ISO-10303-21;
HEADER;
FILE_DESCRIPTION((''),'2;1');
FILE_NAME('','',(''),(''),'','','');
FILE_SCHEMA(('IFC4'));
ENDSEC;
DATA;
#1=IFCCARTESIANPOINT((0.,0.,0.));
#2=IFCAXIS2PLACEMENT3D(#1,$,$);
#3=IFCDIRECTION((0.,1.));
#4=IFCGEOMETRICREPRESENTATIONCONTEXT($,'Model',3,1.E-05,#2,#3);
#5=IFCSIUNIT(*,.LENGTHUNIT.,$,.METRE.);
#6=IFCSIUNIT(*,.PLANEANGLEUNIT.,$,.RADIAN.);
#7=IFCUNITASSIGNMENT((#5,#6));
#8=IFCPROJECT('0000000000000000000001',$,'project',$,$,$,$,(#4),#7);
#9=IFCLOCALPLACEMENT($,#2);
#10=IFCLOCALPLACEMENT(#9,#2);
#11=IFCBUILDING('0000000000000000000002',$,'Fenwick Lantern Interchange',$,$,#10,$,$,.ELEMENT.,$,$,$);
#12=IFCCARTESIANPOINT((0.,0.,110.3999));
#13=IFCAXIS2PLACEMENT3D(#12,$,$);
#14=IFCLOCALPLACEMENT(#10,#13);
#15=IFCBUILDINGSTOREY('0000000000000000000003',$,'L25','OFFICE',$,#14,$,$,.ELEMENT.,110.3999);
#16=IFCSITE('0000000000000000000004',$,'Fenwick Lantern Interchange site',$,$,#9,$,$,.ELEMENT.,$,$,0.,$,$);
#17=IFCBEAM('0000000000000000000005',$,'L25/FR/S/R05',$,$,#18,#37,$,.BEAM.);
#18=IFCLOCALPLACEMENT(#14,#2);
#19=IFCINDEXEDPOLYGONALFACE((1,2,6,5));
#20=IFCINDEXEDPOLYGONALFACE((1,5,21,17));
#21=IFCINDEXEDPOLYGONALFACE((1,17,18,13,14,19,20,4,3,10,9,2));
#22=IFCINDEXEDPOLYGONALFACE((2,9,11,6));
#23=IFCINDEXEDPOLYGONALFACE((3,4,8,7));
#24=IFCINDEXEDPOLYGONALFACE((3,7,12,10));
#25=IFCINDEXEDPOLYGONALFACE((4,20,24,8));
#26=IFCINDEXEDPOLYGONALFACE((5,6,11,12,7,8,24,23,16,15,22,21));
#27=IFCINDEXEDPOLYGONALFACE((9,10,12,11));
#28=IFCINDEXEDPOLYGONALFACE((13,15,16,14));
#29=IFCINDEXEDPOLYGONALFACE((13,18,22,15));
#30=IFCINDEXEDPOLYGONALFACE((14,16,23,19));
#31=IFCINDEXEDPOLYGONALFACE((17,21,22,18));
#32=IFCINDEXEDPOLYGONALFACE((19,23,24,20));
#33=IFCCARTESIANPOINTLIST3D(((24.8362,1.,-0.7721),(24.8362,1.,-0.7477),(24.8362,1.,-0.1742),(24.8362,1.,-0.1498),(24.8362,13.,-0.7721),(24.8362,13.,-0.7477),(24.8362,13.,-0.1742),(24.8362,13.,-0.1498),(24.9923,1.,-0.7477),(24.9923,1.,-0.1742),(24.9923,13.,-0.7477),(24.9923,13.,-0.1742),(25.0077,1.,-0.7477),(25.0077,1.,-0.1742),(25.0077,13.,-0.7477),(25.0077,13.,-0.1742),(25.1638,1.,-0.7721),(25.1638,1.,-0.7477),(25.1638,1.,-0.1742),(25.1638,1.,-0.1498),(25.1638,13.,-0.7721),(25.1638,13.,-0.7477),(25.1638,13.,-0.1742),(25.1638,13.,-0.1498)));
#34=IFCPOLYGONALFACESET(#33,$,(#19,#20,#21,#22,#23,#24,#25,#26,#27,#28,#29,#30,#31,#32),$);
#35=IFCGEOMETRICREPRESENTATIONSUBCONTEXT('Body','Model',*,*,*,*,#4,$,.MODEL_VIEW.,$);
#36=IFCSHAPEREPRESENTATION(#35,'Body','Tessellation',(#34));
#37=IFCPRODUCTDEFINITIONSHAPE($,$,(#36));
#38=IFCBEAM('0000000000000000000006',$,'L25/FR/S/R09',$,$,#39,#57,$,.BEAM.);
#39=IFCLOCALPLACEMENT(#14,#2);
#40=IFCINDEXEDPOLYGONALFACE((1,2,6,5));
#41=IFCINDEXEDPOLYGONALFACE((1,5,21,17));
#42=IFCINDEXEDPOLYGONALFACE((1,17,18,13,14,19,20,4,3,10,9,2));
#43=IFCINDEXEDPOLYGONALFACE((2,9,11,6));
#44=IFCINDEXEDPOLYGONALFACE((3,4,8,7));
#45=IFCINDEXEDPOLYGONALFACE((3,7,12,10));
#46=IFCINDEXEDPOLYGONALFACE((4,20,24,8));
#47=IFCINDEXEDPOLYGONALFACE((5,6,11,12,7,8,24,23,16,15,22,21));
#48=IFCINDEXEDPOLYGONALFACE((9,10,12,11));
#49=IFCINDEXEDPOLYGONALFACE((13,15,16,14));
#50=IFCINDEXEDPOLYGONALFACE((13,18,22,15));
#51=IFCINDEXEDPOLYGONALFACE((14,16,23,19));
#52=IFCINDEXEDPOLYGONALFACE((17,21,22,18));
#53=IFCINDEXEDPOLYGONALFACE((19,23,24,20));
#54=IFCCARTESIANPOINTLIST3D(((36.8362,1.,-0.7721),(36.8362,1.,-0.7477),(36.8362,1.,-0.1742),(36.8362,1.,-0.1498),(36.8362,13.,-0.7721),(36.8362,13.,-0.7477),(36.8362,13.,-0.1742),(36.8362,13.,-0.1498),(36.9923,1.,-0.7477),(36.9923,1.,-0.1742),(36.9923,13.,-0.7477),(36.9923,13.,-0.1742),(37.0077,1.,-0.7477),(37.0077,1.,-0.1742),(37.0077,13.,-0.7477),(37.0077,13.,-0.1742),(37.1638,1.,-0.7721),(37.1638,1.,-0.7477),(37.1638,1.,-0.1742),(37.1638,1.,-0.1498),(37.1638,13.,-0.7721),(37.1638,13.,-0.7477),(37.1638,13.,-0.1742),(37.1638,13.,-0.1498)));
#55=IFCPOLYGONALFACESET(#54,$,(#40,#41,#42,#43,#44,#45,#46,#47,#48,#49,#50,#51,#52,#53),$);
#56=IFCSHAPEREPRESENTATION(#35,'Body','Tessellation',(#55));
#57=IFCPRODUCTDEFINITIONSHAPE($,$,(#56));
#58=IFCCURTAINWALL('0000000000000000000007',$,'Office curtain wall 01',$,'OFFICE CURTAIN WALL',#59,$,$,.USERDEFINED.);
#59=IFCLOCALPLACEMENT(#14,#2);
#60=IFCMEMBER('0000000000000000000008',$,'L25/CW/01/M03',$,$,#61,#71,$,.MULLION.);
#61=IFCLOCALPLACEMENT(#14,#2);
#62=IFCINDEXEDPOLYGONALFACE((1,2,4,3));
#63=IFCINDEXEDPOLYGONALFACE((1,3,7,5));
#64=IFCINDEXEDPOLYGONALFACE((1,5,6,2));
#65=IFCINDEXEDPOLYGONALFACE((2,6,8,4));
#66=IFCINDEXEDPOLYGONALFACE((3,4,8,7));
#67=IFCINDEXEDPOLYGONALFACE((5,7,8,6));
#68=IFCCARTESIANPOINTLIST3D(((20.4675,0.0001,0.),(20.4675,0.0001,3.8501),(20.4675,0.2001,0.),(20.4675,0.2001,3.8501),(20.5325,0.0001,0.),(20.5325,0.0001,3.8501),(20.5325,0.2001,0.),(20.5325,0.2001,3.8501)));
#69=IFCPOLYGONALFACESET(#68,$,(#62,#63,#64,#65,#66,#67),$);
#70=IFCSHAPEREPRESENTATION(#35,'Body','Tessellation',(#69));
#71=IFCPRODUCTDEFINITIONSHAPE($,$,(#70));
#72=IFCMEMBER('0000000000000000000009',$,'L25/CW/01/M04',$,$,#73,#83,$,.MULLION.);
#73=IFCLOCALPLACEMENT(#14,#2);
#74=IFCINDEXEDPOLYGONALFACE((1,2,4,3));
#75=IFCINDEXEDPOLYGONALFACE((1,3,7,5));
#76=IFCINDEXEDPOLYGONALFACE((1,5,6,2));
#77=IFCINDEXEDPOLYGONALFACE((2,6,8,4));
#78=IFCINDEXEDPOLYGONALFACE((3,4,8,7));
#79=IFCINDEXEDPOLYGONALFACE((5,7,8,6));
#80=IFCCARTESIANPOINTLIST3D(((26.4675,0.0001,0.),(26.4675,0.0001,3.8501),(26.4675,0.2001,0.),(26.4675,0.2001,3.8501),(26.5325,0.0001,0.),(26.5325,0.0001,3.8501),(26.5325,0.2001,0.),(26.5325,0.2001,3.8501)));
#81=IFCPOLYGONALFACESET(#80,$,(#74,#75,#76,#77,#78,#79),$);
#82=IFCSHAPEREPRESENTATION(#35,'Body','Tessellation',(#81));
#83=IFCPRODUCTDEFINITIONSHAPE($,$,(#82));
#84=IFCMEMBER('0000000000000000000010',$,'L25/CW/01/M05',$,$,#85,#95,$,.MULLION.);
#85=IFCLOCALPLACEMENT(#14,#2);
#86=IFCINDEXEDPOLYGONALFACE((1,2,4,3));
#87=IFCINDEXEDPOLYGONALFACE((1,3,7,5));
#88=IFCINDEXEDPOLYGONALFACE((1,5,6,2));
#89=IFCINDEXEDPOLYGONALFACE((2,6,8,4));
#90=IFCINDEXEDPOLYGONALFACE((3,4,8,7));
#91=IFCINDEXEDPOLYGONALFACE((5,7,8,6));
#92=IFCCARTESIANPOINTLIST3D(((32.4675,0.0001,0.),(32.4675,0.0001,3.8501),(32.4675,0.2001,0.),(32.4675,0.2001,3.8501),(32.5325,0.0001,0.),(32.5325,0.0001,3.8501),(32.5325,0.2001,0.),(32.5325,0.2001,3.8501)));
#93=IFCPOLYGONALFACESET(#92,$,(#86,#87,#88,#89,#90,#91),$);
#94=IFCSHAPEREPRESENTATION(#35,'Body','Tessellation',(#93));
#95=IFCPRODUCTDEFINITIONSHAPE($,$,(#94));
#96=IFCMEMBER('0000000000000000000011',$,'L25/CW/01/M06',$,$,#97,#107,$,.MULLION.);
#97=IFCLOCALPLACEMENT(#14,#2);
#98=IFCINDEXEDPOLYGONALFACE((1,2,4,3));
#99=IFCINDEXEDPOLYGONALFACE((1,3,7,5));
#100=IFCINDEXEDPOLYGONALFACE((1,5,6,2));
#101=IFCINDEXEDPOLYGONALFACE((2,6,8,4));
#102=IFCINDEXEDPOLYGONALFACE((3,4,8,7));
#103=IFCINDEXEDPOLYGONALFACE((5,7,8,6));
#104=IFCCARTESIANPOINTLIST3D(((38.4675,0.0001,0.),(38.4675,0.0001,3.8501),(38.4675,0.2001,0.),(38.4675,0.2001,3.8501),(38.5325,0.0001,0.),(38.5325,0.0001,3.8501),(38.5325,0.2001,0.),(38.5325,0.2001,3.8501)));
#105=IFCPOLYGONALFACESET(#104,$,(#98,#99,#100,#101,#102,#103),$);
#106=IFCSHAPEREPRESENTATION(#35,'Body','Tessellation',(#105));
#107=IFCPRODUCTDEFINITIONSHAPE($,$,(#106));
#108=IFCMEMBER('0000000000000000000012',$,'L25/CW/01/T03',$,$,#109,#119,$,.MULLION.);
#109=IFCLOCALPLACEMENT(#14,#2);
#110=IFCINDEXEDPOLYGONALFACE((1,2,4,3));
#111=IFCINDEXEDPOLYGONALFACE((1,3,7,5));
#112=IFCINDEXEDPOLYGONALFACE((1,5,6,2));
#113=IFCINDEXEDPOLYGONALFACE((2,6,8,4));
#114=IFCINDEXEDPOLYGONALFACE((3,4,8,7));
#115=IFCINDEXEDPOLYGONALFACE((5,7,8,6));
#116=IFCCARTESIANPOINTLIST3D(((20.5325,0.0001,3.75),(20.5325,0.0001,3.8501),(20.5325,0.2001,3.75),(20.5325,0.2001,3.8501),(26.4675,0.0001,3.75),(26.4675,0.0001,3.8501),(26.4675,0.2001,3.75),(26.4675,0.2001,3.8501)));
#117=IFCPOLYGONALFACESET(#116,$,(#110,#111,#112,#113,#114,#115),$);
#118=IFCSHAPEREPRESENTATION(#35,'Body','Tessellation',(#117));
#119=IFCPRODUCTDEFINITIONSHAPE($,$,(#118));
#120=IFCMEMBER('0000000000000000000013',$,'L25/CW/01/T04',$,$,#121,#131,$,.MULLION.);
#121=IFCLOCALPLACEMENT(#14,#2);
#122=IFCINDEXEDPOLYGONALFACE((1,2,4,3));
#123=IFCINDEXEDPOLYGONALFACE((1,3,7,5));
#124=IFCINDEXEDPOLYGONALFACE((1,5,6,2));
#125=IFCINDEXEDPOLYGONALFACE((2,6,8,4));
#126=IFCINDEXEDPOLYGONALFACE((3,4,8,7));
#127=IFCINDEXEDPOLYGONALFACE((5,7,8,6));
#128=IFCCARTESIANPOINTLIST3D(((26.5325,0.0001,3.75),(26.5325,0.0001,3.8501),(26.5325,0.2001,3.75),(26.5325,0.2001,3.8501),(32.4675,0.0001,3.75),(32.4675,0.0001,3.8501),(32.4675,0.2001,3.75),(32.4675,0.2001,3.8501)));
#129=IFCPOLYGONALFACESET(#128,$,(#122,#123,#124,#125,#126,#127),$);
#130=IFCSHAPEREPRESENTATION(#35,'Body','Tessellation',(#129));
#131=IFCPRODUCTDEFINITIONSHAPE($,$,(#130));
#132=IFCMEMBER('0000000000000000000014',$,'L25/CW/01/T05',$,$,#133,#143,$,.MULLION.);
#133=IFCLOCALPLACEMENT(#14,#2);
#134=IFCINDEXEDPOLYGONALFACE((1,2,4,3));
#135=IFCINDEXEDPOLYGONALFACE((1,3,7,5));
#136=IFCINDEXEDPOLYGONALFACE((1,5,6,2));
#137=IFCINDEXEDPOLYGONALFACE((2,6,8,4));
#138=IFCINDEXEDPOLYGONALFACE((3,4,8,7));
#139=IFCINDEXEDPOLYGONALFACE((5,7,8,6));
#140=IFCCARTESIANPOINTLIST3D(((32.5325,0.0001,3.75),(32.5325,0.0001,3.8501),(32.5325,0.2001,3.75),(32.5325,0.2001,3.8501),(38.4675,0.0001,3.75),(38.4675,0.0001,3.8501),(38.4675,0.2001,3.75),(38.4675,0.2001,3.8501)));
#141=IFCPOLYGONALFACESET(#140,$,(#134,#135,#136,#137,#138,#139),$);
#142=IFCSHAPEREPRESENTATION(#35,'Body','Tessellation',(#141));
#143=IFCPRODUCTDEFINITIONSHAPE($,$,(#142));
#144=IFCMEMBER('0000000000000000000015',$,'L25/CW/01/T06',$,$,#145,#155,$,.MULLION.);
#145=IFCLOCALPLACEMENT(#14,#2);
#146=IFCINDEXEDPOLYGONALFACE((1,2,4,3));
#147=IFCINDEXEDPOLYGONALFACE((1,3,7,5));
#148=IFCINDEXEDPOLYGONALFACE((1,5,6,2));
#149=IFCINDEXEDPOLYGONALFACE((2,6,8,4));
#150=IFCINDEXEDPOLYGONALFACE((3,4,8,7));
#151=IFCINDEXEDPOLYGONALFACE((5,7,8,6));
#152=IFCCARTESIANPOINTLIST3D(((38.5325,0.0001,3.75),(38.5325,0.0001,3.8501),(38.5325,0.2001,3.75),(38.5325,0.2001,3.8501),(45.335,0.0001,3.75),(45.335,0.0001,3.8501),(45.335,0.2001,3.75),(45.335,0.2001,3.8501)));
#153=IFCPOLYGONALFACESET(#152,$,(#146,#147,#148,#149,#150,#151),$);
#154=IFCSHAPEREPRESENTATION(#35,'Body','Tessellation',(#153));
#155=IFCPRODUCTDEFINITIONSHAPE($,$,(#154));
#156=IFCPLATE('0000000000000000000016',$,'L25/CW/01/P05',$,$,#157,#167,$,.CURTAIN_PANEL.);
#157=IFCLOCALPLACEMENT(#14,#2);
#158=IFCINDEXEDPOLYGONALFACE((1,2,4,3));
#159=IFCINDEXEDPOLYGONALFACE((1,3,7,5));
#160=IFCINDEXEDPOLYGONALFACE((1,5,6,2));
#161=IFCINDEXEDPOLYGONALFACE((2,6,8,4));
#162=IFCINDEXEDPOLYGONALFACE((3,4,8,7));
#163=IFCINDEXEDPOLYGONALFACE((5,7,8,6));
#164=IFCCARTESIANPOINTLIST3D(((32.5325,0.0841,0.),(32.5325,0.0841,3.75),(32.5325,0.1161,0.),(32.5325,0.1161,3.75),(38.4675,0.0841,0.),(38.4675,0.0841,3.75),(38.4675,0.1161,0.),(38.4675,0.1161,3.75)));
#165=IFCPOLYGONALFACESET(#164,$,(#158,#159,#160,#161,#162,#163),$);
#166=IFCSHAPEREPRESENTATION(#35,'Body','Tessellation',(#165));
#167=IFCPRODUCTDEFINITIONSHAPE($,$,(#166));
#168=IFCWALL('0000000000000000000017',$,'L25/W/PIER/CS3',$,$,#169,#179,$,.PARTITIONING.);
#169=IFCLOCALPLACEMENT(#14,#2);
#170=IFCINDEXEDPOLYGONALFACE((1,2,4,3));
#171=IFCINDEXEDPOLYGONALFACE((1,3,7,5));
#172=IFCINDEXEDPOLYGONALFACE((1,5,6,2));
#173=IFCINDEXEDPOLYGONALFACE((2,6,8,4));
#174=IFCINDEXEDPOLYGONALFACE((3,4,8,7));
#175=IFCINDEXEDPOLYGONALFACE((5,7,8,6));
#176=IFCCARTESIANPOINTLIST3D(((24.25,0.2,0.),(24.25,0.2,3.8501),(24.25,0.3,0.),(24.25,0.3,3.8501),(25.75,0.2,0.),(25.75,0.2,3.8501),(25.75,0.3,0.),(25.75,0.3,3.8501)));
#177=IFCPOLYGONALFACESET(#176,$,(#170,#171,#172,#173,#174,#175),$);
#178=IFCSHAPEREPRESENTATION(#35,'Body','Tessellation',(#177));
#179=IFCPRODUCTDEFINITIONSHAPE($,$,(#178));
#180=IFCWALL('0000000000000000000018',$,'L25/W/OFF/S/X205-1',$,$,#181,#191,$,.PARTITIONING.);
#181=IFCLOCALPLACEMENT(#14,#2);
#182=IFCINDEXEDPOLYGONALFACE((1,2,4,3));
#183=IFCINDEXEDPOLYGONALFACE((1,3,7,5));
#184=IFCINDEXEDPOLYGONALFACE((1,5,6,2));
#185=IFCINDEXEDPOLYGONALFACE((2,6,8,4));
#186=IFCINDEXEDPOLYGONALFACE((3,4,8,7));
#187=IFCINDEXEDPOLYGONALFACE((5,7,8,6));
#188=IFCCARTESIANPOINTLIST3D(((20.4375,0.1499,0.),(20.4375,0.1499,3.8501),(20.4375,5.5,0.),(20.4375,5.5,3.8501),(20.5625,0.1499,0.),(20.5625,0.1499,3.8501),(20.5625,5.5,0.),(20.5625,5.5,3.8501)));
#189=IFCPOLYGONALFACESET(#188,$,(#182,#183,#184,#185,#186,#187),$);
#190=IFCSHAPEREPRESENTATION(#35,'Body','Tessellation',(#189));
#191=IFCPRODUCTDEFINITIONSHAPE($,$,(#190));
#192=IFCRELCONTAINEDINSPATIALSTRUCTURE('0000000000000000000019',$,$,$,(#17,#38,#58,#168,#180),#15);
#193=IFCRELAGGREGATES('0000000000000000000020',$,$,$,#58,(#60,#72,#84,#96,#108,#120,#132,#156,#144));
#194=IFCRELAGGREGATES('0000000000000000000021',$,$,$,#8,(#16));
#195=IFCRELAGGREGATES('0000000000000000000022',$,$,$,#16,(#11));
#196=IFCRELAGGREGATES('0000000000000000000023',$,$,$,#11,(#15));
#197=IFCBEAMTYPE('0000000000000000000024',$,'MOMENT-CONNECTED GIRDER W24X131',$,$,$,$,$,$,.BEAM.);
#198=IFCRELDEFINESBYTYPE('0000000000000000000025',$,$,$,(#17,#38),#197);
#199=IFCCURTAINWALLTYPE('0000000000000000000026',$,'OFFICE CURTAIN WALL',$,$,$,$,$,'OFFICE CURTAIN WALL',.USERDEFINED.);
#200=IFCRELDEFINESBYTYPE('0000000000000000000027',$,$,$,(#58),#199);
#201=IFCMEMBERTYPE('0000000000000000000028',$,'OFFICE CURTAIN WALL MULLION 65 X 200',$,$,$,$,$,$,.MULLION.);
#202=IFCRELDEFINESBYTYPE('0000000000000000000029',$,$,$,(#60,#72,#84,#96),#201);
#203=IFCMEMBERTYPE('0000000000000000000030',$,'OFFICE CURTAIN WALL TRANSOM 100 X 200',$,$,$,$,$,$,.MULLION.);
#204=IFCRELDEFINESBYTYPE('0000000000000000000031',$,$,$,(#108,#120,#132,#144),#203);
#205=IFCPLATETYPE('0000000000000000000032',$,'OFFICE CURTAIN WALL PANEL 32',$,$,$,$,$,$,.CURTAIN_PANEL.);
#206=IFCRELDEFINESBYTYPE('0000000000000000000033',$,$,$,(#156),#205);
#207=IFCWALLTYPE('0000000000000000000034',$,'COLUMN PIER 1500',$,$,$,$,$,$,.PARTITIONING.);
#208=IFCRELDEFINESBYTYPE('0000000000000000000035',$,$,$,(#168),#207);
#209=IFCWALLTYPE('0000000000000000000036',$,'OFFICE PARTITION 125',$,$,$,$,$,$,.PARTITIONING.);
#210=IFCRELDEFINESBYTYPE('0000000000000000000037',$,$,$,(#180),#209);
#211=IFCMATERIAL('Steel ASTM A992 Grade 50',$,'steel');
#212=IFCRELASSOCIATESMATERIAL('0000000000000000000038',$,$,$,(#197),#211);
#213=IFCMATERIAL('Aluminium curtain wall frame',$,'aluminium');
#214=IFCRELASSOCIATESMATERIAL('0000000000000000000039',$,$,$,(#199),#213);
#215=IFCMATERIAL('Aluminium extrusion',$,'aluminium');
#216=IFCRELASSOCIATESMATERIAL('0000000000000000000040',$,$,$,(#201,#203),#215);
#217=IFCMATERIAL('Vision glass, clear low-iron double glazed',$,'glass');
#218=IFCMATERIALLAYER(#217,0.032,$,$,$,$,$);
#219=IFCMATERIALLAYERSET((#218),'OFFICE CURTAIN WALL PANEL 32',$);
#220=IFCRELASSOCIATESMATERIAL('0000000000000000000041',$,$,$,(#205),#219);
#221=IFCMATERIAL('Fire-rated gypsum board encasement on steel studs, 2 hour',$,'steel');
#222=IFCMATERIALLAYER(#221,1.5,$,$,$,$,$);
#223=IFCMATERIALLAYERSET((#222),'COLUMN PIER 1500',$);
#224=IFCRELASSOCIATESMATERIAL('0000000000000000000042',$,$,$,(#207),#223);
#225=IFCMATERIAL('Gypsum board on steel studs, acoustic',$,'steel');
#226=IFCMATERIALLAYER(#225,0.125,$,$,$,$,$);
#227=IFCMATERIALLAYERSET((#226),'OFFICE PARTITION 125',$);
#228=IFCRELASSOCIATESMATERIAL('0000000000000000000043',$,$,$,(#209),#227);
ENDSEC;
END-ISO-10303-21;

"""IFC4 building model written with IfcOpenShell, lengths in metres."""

from ifc_helpers import new_model, si_unit, direction, frame, frame_2d, origin, origin_2d, place, context, subcontext, project, spatial, rectangle, i_section, extrude, material, layer, layer_set, material_profile, profile_set, type_object, element, aggregate, save


model = new_model("IFC4")

# Units and contexts
model_context = context("Model", 3, precision=1e-05, world=origin(), true_north=direction((0.0, 1.0)))
body_context = subcontext(model_context, "Body", "Model", "MODEL_VIEW")
ifc_project = project(units=[si_unit("LENGTHUNIT", "METRE"), si_unit("PLANEANGLEUNIT", "RADIAN")], contexts=[model_context])

# Site, building, storey
site_placement = place(None, origin())
site = spatial("IfcSite", under=ifc_project, at=site_placement, Name="Fenwick Lantern Interchange site", CompositionType="ELEMENT", RefElevation=0.0)
building_placement = place(site_placement, origin())
building = spatial("IfcBuilding", under=site, at=building_placement, Name="Fenwick Lantern Interchange", CompositionType="ELEMENT")
storey_placement = place(building_placement, frame((0.0, 0.0, 110.3999)))
storey = spatial("IfcBuildingStorey", under=building, at=storey_placement, Name="L25", Description="OFFICE", CompositionType="ELEMENT", Elevation=110.3999)

# Beams
ifc_material_1 = material(Name="Steel ASTM A992 Grade 50", Category="steel")
ifc_material_profile_1 = material_profile(ifc_material_1, i_section(OverallWidth=0.3276, OverallDepth=0.6223, WebThickness=0.0154, FlangeThickness=0.0244, at=origin_2d()), Name="W24X131")
ifc_profile_set_1 = profile_set([ifc_material_profile_1], Name="Steel ASTM A992 Grade 50")
beam_type_1 = type_object("IfcBeamType", Name="MOMENT-CONNECTED GIRDER W24X131", PredefinedType="BEAM", material=ifc_profile_set_1)
for number, where, z_axis, x_axis, name in (
    (1, (25.0, 1.0, -0.4609), (0.0, 1.0, 0.0), (-1.0, 0.0, 0.0), "L25/FR/S/R05"),
    (2, (37.0, 1.0, -0.4609), (0.0, 1.0, 0.0), (-1.0, 0.0, 0.0), "L25/FR/S/R09"),
):
    element("IfcBeam", number, at=place(storey_placement, frame(where, z_axis=z_axis, x_axis=x_axis)), inside=storey, type_object=beam_type_1, Name=name, PredefinedType="BEAM", context=body_context, shape_type="SweptSolid", body=[
        extrude(i_section(OverallWidth=0.3276, OverallDepth=0.6223, WebThickness=0.0154, FlangeThickness=0.0244, at=origin_2d()), origin(), (0.0, 0.0, 1.0), 12.0),
    ])

# Curtain wall, members, plate
ifc_material_2 = material(Name="Aluminium curtain wall frame", Category="aluminium")
curtain_wall_type = type_object("IfcCurtainWallType", Name="OFFICE CURTAIN WALL", ElementType="OFFICE CURTAIN WALL", PredefinedType="USERDEFINED", material=ifc_material_2)
curtain_wall_placement = place(storey_placement, origin())
curtain_wall = element("IfcCurtainWall", 3, at=curtain_wall_placement, inside=storey, type_object=curtain_wall_type, Name="Office curtain wall 01", ObjectType="OFFICE CURTAIN WALL", PredefinedType="USERDEFINED")
ifc_material_3 = material(Name="Aluminium extrusion", Category="aluminium")
ifc_material_profile_2 = material_profile(ifc_material_3, rectangle(XDim=0.2, YDim=0.0649, at=origin_2d()), Name="OFFICE CURTAIN WALL MULLION 65 X 200")
ifc_profile_set_2 = profile_set([ifc_material_profile_2], Name="Aluminium extrusion")
member_type_1 = type_object("IfcMemberType", Name="OFFICE CURTAIN WALL MULLION 65 X 200", PredefinedType="MULLION", material=ifc_profile_set_2)
member_1_placement = place(storey_placement, frame((20.5, 0.1001, 0.0), z_axis=(0.0, 0.0, 1.0), x_axis=(0.0, 1.0, 0.0)))
member_1 = element("IfcMember", 4, at=member_1_placement, type_object=member_type_1, Name="L25/CW/01/M03", PredefinedType="MULLION", context=body_context, shape_type="SweptSolid", body=[
    extrude(rectangle(XDim=0.2, YDim=0.0649, at=origin_2d()), origin(), (0.0, 0.0, 1.0), 3.8501),
])
member_2_placement = place(storey_placement, frame((26.5, 0.1001, 0.0), z_axis=(0.0, 0.0, 1.0), x_axis=(0.0, 1.0, 0.0)))
member_2 = element("IfcMember", 5, at=member_2_placement, type_object=member_type_1, Name="L25/CW/01/M04", PredefinedType="MULLION", context=body_context, shape_type="SweptSolid", body=[
    extrude(rectangle(XDim=0.2, YDim=0.0649, at=origin_2d()), origin(), (0.0, 0.0, 1.0), 3.8501),
])
member_3_placement = place(storey_placement, frame((32.5, 0.1001, 0.0), z_axis=(0.0, 0.0, 1.0), x_axis=(0.0, 1.0, 0.0)))
member_3 = element("IfcMember", 6, at=member_3_placement, type_object=member_type_1, Name="L25/CW/01/M05", PredefinedType="MULLION", context=body_context, shape_type="SweptSolid", body=[
    extrude(rectangle(XDim=0.2, YDim=0.0649, at=origin_2d()), origin(), (0.0, 0.0, 1.0), 3.8501),
])
member_4_placement = place(storey_placement, frame((38.5, 0.1001, 0.0), z_axis=(0.0, 0.0, 1.0), x_axis=(0.0, 1.0, 0.0)))
member_4 = element("IfcMember", 7, at=member_4_placement, type_object=member_type_1, Name="L25/CW/01/M06", PredefinedType="MULLION", context=body_context, shape_type="SweptSolid", body=[
    extrude(rectangle(XDim=0.2, YDim=0.0649, at=origin_2d()), origin(), (0.0, 0.0, 1.0), 3.8501),
])
ifc_material_profile_3 = material_profile(ifc_material_3, rectangle(XDim=0.2, YDim=0.1001, at=origin_2d()), Name="OFFICE CURTAIN WALL TRANSOM 100 X 200")
ifc_profile_set_3 = profile_set([ifc_material_profile_3], Name="Aluminium extrusion")
member_type_2 = type_object("IfcMemberType", Name="OFFICE CURTAIN WALL TRANSOM 100 X 200", PredefinedType="MULLION", material=ifc_profile_set_3)
member_5_placement = place(storey_placement, frame((20.5325, 0.1001, 3.8), z_axis=(1.0, 0.0, 0.0), x_axis=(0.0, 1.0, 0.0)))
member_5 = element("IfcMember", 8, at=member_5_placement, type_object=member_type_2, Name="L25/CW/01/T03", PredefinedType="MULLION", context=body_context, shape_type="SweptSolid", body=[
    extrude(rectangle(XDim=0.2, YDim=0.1001, at=origin_2d()), origin(), (0.0, 0.0, 1.0), 5.9351),
])
member_6_placement = place(storey_placement, frame((26.5325, 0.1001, 3.8), z_axis=(1.0, 0.0, 0.0), x_axis=(0.0, 1.0, 0.0)))
member_6 = element("IfcMember", 9, at=member_6_placement, type_object=member_type_2, Name="L25/CW/01/T04", PredefinedType="MULLION", context=body_context, shape_type="SweptSolid", body=[
    extrude(rectangle(XDim=0.2, YDim=0.1001, at=origin_2d()), origin(), (0.0, 0.0, 1.0), 5.9351),
])
member_7_placement = place(storey_placement, frame((32.5325, 0.1001, 3.8), z_axis=(1.0, 0.0, 0.0), x_axis=(0.0, 1.0, 0.0)))
member_7 = element("IfcMember", 10, at=member_7_placement, type_object=member_type_2, Name="L25/CW/01/T05", PredefinedType="MULLION", context=body_context, shape_type="SweptSolid", body=[
    extrude(rectangle(XDim=0.2, YDim=0.1001, at=origin_2d()), origin(), (0.0, 0.0, 1.0), 5.9351),
])
member_8_placement = place(storey_placement, frame((38.5325, 0.1001, 3.8), z_axis=(1.0, 0.0, 0.0), x_axis=(0.0, 1.0, 0.0)))
member_8 = element("IfcMember", 11, at=member_8_placement, type_object=member_type_2, Name="L25/CW/01/T06", PredefinedType="MULLION", context=body_context, shape_type="SweptSolid", body=[
    extrude(rectangle(XDim=0.2, YDim=0.1001, at=origin_2d()), origin(), (0.0, 0.0, 1.0), 6.8025),
])
ifc_material_4 = material(Name="Vision glass, clear low-iron double glazed", Category="glass")
ifc_layer_1 = layer(ifc_material_4, 0.032)
ifc_layer_set_1 = layer_set([ifc_layer_1], Name="OFFICE CURTAIN WALL PANEL 32")
plate_type = type_object("IfcPlateType", Name="OFFICE CURTAIN WALL PANEL 32", PredefinedType="CURTAIN_PANEL", material=ifc_layer_set_1)
plate_placement = place(storey_placement, frame((35.5, 0.1001, 0.0), z_axis=(0.0, 0.0, 1.0), x_axis=(1.0, 0.0, 0.0)))
plate = element("IfcPlate", 12, at=plate_placement, type_object=plate_type, Name="L25/CW/01/P05", PredefinedType="CURTAIN_PANEL", context=body_context, shape_type="SweptSolid", body=[
    extrude(rectangle(XDim=5.9351, YDim=0.032, at=origin_2d()), origin(), (0.0, 0.0, 1.0), 3.75),
])
aggregate(curtain_wall, [member_1, member_2, member_3, member_4, member_5, member_6, member_7, plate, member_8])

# Walls
ifc_material_5 = material(Name="Fire-rated gypsum board encasement on steel studs, 2 hour", Category="steel")
ifc_layer_2 = layer(ifc_material_5, 1.5)
ifc_layer_set_2 = layer_set([ifc_layer_2], Name="COLUMN PIER 1500")
wall_type_1 = type_object("IfcWallType", Name="COLUMN PIER 1500", PredefinedType="PARTITIONING", material=ifc_layer_set_2)
wall_1_placement = place(storey_placement, frame((25.0, 0.2, 0.0), z_axis=(0.0, 0.0, 1.0), x_axis=(0.0, 1.0, 0.0)))
element("IfcWall", 13, at=wall_1_placement, inside=storey, type_object=wall_type_1, Name="L25/W/PIER/CS3", PredefinedType="PARTITIONING", context=body_context, shape_type="SweptSolid", body=[
    extrude(rectangle(XDim=0.1001, YDim=1.5, at=frame_2d((0.05, 0.0))), origin(), (0.0, 0.0, 1.0), 3.8501),
])
ifc_material_6 = material(Name="Gypsum board on steel studs, acoustic", Category="steel")
ifc_layer_3 = layer(ifc_material_6, 0.125)
ifc_layer_set_3 = layer_set([ifc_layer_3], Name="OFFICE PARTITION 125")
wall_type_2 = type_object("IfcWallType", Name="OFFICE PARTITION 125", PredefinedType="PARTITIONING", material=ifc_layer_set_3)
for number, where, z_axis, x_axis, name in (
    (14, (20.5, 0.1499, 0.0), (0.0, 0.0, 1.0), (0.0, 1.0, 0.0), "L25/W/OFF/S/X205-1"),
):
    element("IfcWall", number, at=place(storey_placement, frame(where, z_axis=z_axis, x_axis=x_axis)), inside=storey, type_object=wall_type_2, Name=name, PredefinedType="PARTITIONING", context=body_context, shape_type="SweptSolid", body=[
        extrude(rectangle(XDim=5.3501, YDim=0.125, at=frame_2d((2.675, 0.0))), origin(), (0.0, 0.0, 1.0), 3.8501),
    ])

save(model, "model.ifc")
